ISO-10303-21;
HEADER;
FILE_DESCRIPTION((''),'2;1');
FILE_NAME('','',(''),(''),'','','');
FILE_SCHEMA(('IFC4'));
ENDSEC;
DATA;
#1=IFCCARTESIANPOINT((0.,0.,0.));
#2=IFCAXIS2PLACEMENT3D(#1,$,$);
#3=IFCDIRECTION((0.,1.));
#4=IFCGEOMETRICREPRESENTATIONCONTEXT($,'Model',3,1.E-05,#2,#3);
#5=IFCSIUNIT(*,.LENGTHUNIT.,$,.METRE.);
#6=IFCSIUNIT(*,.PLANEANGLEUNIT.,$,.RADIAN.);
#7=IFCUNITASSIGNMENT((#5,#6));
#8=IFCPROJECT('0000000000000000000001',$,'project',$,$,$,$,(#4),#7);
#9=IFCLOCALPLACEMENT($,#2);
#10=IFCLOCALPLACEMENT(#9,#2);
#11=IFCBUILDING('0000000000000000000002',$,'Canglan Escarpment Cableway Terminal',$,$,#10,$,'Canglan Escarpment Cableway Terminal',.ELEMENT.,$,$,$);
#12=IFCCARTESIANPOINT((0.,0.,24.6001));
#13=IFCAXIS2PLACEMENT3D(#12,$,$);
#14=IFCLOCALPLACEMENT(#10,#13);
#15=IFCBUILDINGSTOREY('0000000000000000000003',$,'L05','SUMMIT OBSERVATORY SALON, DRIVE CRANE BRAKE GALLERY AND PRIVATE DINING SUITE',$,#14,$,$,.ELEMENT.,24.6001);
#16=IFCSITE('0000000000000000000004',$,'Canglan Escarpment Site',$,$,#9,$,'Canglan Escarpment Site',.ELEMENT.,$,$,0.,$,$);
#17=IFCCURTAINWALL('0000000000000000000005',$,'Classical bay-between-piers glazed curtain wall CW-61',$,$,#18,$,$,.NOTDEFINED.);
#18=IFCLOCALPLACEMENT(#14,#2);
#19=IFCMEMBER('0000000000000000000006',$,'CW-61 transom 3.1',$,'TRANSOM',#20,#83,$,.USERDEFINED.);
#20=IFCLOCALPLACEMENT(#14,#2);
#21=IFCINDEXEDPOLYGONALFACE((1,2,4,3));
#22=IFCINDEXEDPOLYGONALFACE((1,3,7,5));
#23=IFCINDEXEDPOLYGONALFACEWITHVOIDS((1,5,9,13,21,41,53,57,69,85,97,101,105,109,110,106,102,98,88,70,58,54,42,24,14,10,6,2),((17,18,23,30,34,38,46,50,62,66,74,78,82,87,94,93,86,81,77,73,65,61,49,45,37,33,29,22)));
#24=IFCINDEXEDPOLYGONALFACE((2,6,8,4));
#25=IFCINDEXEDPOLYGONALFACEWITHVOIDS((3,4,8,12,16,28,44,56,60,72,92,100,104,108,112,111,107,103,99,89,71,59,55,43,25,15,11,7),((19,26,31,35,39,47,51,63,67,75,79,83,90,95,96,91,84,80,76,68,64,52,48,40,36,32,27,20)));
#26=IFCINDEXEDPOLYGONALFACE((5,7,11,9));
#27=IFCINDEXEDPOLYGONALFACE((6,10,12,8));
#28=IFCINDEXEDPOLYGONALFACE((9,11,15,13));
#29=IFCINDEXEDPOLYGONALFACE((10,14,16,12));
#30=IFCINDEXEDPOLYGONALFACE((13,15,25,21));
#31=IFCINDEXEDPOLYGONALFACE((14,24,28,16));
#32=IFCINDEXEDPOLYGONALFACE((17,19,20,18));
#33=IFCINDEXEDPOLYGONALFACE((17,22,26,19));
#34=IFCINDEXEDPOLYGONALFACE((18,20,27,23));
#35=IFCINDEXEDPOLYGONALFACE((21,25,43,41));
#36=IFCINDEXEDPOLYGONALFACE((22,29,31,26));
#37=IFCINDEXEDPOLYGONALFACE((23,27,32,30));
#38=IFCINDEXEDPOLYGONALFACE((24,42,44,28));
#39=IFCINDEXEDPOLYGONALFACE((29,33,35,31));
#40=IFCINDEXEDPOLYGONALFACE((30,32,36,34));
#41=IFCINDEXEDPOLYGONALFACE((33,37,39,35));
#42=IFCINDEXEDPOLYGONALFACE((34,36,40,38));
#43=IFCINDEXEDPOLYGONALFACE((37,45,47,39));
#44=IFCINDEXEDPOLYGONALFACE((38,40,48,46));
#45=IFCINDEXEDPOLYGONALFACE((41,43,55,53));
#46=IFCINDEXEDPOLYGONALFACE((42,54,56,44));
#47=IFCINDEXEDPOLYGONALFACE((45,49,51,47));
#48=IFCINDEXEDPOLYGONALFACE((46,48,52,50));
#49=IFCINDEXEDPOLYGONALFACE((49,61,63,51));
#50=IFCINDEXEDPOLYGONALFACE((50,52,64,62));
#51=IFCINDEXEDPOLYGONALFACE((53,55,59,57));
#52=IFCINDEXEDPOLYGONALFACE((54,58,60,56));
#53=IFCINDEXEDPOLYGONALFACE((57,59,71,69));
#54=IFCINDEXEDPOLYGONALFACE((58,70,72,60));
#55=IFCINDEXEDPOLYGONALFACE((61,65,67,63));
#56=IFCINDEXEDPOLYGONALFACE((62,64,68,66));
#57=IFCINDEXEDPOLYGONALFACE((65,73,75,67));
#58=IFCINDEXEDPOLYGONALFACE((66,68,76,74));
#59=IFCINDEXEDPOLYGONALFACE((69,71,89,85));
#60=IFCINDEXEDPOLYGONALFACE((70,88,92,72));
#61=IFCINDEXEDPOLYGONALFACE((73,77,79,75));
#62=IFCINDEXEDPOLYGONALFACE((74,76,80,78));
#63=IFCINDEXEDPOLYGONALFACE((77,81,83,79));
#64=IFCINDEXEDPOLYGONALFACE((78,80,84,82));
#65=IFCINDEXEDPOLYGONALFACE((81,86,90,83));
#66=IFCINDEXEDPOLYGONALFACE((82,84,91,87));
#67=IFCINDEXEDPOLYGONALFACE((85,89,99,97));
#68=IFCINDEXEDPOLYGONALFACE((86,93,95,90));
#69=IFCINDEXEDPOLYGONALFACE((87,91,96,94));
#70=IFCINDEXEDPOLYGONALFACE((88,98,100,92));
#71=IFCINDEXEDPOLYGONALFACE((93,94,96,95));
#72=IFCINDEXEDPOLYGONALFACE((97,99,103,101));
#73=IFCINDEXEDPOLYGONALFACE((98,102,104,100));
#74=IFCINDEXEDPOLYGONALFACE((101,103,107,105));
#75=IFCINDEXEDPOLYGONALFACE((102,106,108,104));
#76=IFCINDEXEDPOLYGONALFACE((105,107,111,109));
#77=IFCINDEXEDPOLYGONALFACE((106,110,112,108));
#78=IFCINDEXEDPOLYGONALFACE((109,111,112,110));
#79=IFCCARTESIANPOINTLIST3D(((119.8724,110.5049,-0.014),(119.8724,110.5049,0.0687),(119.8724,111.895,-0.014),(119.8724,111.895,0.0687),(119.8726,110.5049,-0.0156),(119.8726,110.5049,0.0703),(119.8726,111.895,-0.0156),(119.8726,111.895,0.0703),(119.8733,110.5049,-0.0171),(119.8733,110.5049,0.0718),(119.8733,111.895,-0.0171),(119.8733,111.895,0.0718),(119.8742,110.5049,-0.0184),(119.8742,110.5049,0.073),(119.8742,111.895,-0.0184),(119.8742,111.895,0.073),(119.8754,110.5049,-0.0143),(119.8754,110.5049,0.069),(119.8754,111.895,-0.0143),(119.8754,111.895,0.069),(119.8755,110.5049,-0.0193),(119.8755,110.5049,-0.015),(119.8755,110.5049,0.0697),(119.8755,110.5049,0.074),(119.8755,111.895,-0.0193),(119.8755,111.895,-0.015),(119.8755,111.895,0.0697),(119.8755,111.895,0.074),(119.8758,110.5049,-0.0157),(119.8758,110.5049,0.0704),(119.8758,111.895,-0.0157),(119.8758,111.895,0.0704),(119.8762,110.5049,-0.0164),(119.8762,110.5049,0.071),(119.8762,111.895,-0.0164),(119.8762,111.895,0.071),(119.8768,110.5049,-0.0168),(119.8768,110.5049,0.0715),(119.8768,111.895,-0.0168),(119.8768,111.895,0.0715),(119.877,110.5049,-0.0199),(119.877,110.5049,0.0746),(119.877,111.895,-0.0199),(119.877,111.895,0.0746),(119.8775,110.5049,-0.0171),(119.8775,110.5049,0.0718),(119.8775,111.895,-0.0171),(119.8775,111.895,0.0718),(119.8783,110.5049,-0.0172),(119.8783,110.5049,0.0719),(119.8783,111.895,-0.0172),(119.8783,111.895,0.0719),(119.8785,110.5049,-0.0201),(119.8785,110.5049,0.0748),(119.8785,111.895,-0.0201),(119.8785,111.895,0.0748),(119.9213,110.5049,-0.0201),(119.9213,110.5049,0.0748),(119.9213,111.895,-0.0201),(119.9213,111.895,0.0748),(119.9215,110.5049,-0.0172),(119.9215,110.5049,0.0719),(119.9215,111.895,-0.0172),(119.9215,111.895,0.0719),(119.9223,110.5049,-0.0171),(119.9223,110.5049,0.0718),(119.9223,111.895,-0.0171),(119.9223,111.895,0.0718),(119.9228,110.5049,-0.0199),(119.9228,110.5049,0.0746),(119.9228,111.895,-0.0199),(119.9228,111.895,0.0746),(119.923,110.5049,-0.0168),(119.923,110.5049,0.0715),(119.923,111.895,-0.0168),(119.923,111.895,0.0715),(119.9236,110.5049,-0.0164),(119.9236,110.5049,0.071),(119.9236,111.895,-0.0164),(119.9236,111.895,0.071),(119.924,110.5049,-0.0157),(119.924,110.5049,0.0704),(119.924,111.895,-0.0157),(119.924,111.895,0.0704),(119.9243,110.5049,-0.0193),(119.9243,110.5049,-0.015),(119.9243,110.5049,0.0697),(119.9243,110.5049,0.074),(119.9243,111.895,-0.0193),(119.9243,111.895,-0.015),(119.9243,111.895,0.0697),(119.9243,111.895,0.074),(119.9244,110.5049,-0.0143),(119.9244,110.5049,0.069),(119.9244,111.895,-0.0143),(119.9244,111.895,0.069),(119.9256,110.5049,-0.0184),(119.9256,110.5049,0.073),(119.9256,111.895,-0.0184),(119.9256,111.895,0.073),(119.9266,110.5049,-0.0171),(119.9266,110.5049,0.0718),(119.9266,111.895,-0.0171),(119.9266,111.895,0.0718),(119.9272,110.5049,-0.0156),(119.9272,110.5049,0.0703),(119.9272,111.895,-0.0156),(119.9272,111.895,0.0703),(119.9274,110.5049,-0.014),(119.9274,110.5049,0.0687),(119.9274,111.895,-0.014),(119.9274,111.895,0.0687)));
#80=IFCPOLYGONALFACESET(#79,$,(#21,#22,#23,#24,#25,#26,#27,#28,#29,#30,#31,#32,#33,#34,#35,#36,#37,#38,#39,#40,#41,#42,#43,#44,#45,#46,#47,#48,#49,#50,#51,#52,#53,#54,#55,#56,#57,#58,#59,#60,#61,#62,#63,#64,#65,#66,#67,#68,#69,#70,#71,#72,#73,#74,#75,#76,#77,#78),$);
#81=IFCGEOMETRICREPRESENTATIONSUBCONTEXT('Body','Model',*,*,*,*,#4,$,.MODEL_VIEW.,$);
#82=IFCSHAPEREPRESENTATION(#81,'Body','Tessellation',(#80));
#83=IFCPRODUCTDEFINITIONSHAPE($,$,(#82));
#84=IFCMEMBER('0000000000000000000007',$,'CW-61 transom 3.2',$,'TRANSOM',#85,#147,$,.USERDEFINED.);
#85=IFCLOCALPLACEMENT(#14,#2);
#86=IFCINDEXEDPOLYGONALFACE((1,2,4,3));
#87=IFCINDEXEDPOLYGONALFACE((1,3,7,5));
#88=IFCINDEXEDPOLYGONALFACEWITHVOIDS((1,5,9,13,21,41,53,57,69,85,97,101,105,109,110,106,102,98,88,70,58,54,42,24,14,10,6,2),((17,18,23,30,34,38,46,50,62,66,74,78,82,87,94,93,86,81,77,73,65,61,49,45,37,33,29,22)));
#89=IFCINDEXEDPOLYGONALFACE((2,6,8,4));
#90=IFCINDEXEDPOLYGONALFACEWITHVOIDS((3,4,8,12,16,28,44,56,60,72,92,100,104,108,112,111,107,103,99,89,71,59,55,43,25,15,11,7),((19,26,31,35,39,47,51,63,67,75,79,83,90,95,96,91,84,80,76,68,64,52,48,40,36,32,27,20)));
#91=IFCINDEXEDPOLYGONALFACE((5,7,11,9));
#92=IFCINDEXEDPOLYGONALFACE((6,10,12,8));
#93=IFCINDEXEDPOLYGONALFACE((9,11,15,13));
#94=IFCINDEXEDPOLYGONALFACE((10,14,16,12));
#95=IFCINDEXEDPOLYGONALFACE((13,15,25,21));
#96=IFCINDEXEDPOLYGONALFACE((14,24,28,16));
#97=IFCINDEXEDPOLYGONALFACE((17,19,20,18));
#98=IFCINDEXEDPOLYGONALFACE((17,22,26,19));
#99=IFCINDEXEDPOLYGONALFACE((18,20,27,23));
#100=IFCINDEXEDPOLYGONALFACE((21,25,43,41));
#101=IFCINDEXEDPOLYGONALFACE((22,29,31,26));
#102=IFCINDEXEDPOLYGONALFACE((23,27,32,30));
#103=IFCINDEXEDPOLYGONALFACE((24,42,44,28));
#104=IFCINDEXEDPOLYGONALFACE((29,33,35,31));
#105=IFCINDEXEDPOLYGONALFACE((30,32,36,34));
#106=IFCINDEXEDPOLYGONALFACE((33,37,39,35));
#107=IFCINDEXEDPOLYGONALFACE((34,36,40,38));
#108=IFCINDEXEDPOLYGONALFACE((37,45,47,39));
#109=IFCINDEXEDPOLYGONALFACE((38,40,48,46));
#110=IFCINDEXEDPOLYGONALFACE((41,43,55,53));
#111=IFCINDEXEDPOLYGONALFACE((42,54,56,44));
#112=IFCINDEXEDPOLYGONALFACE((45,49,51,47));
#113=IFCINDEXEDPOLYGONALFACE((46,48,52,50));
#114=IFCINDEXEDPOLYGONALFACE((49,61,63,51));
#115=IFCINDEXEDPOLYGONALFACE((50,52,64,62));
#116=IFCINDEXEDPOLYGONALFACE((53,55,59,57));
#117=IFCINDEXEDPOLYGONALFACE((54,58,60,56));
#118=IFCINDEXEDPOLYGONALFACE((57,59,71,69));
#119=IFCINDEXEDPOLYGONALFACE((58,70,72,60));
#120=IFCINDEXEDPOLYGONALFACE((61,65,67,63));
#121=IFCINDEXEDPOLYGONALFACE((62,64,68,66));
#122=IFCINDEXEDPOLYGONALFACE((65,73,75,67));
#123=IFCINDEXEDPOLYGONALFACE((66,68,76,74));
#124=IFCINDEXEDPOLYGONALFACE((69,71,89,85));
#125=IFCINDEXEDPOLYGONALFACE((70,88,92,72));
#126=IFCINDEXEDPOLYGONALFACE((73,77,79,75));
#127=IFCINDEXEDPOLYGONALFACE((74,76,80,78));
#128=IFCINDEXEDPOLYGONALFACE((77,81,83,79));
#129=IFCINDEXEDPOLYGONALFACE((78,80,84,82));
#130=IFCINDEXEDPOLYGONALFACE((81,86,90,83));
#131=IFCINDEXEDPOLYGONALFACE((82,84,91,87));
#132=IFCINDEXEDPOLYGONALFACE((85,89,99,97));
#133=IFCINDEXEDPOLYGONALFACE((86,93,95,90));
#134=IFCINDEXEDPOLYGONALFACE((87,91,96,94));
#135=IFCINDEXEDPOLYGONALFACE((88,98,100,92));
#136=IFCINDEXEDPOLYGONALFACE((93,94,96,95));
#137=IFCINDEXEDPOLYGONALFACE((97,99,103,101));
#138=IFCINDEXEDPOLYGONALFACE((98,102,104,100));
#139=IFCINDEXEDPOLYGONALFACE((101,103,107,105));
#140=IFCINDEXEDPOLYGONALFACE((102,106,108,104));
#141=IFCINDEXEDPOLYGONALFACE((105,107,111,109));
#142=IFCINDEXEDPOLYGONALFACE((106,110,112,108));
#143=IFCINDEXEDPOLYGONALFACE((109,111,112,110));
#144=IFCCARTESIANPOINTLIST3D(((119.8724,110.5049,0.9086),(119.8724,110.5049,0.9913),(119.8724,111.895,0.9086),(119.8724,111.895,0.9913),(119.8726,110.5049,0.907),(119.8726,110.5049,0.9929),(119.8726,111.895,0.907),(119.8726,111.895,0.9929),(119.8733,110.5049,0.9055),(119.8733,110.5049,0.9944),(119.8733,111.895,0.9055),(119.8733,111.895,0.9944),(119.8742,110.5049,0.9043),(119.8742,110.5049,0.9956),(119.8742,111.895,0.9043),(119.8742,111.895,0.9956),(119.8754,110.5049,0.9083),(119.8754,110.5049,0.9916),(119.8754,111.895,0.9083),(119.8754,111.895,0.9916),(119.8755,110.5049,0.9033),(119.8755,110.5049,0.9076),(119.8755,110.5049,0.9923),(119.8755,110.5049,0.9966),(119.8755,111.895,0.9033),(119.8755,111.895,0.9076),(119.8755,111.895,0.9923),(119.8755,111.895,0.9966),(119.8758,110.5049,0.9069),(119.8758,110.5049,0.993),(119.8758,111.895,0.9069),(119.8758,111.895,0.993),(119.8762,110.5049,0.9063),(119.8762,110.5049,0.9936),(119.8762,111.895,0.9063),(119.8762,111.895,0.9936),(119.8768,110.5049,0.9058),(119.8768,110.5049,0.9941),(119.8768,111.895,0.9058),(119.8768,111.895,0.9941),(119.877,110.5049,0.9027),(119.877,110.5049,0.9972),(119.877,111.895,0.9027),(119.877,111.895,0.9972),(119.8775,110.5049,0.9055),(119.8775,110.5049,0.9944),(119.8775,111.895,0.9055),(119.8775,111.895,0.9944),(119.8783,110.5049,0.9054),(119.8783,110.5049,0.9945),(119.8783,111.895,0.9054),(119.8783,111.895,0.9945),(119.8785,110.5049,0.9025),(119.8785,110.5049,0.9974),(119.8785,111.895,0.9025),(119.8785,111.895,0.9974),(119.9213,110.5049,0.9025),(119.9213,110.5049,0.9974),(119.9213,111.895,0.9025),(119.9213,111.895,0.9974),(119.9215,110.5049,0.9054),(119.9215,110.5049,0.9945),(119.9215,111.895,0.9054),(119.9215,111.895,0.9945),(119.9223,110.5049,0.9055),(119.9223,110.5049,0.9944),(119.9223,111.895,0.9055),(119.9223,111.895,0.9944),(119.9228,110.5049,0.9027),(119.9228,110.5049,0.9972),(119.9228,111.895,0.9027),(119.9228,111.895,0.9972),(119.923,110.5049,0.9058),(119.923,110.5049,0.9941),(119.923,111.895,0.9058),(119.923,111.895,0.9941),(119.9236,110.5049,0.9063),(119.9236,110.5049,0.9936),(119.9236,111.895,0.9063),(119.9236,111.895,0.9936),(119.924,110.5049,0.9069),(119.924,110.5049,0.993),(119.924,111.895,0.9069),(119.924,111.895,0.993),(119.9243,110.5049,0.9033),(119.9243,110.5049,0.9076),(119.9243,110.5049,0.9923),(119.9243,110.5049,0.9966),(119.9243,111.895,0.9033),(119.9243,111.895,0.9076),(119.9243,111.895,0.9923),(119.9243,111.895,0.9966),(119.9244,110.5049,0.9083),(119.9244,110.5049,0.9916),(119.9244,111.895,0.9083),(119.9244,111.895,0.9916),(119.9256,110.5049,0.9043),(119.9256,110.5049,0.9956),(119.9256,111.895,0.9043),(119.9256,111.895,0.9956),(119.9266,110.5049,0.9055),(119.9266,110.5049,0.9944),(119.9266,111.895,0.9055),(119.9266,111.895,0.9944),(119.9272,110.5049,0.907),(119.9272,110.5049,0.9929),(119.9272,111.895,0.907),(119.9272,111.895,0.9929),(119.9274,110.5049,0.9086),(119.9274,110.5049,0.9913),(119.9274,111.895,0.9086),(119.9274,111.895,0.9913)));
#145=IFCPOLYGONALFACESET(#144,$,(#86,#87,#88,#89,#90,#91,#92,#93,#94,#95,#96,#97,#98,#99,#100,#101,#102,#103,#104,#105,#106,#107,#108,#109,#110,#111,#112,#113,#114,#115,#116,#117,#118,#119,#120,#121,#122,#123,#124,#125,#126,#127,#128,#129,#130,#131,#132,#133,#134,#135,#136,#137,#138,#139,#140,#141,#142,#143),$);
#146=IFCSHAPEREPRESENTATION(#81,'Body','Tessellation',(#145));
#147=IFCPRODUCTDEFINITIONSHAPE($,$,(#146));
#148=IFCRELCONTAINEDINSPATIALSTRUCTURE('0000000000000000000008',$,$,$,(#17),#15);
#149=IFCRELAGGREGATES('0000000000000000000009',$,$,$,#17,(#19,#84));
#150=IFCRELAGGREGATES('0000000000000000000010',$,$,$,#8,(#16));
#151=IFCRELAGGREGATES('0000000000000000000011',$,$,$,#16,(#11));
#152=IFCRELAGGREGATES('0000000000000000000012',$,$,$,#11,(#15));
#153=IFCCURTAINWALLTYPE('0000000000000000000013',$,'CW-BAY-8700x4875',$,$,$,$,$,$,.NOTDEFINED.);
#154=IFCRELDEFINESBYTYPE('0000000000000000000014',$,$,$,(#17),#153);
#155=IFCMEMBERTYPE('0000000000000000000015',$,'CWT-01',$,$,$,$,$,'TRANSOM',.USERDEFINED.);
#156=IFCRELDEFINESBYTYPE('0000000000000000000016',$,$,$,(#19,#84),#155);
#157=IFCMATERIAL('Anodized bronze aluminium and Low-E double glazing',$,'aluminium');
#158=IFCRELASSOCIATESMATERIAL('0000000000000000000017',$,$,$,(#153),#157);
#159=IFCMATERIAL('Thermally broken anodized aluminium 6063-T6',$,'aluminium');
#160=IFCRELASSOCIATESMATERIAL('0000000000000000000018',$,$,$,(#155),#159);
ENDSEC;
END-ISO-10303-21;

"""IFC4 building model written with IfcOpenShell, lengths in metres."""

from ifc_helpers import new_model, si_unit, direction, frame, origin, origin_2d, place, context, subcontext, project, spatial, hollow_rectangle, extrude, material, material_profile, profile_set, type_object, element, aggregate, save


model = new_model("IFC4")

# Units and contexts
model_context = context("Model", 3, precision=1e-05, world=origin(), true_north=direction((0.0, 1.0)))
body_context = subcontext(model_context, "Body", "Model", "MODEL_VIEW")
ifc_project = project(units=[si_unit("LENGTHUNIT", "METRE"), si_unit("PLANEANGLEUNIT", "RADIAN")], contexts=[model_context])

# Site, building, storey
site_placement = place(None, origin())
site = spatial("IfcSite", under=ifc_project, at=site_placement, Name="Canglan Escarpment Site", LongName="Canglan Escarpment Site", CompositionType="ELEMENT", RefElevation=0.0)
building_placement = place(site_placement, origin())
building = spatial("IfcBuilding", under=site, at=building_placement, Name="Canglan Escarpment Cableway Terminal", LongName="Canglan Escarpment Cableway Terminal", CompositionType="ELEMENT")
storey_placement = place(building_placement, frame((0.0, 0.0, 24.6001)))
storey = spatial("IfcBuildingStorey", under=building, at=storey_placement, Name="L05", Description="SUMMIT OBSERVATORY SALON, DRIVE CRANE BRAKE GALLERY AND PRIVATE DINING SUITE", CompositionType="ELEMENT", Elevation=24.6001)

# Curtain wall
ifc_material_1 = material(Name="Anodized bronze aluminium and Low-E double glazing", Category="aluminium")
curtain_wall_type_1 = type_object("IfcCurtainWallType", Name="CW-BAY-8700x4875", PredefinedType="NOTDEFINED", material=ifc_material_1)
curtain_wall_1_placement = place(storey_placement, origin())
curtain_wall_1 = element("IfcCurtainWall", 1, at=curtain_wall_1_placement, inside=storey, type_object=curtain_wall_type_1, Name="Classical bay-between-piers glazed curtain wall CW-61", PredefinedType="NOTDEFINED")
ifc_material_2 = material(Name="Thermally broken anodized aluminium 6063-T6", Category="aluminium")

# Members
ifc_material_profile_1 = material_profile(ifc_material_2, hollow_rectangle(XDim=0.0549, YDim=0.095, WallThickness=0.0029, InnerFilletRadius=0.0029, OuterFilletRadius=0.0061, at=origin_2d()), Name="ALU-TRAN 55x95x3")
ifc_profile_set_1 = profile_set([ifc_material_profile_1], Name="Thermally broken anodized aluminium 6063-T6")
member_type_1 = type_object("IfcMemberType", Name="CWT-01", ElementType="TRANSOM", PredefinedType="USERDEFINED", material=ifc_profile_set_1)
member_1_placement = place(storey_placement, frame((119.8999, 111.895, 0.0273), z_axis=(0.0, -1.0, 0.0), x_axis=(1.0, 0.0, 0.0)))
member_1 = element("IfcMember", 2, at=member_1_placement, type_object=member_type_1, Name="CW-61 transom 3.1", ObjectType="TRANSOM", PredefinedType="USERDEFINED", context=body_context, shape_type="SweptSolid", body=[
    extrude(hollow_rectangle(XDim=0.0549, YDim=0.095, WallThickness=0.0029, InnerFilletRadius=0.0029, OuterFilletRadius=0.0061, at=origin_2d()), origin(), (0.0, 0.0, 1.0), 1.3901),
])
member_2_placement = place(storey_placement, frame((119.8999, 111.895, 0.95), z_axis=(0.0, -1.0, 0.0), x_axis=(1.0, 0.0, 0.0)))
member_2 = element("IfcMember", 3, at=member_2_placement, type_object=member_type_1, Name="CW-61 transom 3.2", ObjectType="TRANSOM", PredefinedType="USERDEFINED", context=body_context, shape_type="SweptSolid", body=[
    extrude(hollow_rectangle(XDim=0.0549, YDim=0.095, WallThickness=0.0029, InnerFilletRadius=0.0029, OuterFilletRadius=0.0061, at=origin_2d()), origin(), (0.0, 0.0, 1.0), 1.3901),
])

aggregate(curtain_wall_1, [member_1, member_2])

save(model, "model.ifc")
